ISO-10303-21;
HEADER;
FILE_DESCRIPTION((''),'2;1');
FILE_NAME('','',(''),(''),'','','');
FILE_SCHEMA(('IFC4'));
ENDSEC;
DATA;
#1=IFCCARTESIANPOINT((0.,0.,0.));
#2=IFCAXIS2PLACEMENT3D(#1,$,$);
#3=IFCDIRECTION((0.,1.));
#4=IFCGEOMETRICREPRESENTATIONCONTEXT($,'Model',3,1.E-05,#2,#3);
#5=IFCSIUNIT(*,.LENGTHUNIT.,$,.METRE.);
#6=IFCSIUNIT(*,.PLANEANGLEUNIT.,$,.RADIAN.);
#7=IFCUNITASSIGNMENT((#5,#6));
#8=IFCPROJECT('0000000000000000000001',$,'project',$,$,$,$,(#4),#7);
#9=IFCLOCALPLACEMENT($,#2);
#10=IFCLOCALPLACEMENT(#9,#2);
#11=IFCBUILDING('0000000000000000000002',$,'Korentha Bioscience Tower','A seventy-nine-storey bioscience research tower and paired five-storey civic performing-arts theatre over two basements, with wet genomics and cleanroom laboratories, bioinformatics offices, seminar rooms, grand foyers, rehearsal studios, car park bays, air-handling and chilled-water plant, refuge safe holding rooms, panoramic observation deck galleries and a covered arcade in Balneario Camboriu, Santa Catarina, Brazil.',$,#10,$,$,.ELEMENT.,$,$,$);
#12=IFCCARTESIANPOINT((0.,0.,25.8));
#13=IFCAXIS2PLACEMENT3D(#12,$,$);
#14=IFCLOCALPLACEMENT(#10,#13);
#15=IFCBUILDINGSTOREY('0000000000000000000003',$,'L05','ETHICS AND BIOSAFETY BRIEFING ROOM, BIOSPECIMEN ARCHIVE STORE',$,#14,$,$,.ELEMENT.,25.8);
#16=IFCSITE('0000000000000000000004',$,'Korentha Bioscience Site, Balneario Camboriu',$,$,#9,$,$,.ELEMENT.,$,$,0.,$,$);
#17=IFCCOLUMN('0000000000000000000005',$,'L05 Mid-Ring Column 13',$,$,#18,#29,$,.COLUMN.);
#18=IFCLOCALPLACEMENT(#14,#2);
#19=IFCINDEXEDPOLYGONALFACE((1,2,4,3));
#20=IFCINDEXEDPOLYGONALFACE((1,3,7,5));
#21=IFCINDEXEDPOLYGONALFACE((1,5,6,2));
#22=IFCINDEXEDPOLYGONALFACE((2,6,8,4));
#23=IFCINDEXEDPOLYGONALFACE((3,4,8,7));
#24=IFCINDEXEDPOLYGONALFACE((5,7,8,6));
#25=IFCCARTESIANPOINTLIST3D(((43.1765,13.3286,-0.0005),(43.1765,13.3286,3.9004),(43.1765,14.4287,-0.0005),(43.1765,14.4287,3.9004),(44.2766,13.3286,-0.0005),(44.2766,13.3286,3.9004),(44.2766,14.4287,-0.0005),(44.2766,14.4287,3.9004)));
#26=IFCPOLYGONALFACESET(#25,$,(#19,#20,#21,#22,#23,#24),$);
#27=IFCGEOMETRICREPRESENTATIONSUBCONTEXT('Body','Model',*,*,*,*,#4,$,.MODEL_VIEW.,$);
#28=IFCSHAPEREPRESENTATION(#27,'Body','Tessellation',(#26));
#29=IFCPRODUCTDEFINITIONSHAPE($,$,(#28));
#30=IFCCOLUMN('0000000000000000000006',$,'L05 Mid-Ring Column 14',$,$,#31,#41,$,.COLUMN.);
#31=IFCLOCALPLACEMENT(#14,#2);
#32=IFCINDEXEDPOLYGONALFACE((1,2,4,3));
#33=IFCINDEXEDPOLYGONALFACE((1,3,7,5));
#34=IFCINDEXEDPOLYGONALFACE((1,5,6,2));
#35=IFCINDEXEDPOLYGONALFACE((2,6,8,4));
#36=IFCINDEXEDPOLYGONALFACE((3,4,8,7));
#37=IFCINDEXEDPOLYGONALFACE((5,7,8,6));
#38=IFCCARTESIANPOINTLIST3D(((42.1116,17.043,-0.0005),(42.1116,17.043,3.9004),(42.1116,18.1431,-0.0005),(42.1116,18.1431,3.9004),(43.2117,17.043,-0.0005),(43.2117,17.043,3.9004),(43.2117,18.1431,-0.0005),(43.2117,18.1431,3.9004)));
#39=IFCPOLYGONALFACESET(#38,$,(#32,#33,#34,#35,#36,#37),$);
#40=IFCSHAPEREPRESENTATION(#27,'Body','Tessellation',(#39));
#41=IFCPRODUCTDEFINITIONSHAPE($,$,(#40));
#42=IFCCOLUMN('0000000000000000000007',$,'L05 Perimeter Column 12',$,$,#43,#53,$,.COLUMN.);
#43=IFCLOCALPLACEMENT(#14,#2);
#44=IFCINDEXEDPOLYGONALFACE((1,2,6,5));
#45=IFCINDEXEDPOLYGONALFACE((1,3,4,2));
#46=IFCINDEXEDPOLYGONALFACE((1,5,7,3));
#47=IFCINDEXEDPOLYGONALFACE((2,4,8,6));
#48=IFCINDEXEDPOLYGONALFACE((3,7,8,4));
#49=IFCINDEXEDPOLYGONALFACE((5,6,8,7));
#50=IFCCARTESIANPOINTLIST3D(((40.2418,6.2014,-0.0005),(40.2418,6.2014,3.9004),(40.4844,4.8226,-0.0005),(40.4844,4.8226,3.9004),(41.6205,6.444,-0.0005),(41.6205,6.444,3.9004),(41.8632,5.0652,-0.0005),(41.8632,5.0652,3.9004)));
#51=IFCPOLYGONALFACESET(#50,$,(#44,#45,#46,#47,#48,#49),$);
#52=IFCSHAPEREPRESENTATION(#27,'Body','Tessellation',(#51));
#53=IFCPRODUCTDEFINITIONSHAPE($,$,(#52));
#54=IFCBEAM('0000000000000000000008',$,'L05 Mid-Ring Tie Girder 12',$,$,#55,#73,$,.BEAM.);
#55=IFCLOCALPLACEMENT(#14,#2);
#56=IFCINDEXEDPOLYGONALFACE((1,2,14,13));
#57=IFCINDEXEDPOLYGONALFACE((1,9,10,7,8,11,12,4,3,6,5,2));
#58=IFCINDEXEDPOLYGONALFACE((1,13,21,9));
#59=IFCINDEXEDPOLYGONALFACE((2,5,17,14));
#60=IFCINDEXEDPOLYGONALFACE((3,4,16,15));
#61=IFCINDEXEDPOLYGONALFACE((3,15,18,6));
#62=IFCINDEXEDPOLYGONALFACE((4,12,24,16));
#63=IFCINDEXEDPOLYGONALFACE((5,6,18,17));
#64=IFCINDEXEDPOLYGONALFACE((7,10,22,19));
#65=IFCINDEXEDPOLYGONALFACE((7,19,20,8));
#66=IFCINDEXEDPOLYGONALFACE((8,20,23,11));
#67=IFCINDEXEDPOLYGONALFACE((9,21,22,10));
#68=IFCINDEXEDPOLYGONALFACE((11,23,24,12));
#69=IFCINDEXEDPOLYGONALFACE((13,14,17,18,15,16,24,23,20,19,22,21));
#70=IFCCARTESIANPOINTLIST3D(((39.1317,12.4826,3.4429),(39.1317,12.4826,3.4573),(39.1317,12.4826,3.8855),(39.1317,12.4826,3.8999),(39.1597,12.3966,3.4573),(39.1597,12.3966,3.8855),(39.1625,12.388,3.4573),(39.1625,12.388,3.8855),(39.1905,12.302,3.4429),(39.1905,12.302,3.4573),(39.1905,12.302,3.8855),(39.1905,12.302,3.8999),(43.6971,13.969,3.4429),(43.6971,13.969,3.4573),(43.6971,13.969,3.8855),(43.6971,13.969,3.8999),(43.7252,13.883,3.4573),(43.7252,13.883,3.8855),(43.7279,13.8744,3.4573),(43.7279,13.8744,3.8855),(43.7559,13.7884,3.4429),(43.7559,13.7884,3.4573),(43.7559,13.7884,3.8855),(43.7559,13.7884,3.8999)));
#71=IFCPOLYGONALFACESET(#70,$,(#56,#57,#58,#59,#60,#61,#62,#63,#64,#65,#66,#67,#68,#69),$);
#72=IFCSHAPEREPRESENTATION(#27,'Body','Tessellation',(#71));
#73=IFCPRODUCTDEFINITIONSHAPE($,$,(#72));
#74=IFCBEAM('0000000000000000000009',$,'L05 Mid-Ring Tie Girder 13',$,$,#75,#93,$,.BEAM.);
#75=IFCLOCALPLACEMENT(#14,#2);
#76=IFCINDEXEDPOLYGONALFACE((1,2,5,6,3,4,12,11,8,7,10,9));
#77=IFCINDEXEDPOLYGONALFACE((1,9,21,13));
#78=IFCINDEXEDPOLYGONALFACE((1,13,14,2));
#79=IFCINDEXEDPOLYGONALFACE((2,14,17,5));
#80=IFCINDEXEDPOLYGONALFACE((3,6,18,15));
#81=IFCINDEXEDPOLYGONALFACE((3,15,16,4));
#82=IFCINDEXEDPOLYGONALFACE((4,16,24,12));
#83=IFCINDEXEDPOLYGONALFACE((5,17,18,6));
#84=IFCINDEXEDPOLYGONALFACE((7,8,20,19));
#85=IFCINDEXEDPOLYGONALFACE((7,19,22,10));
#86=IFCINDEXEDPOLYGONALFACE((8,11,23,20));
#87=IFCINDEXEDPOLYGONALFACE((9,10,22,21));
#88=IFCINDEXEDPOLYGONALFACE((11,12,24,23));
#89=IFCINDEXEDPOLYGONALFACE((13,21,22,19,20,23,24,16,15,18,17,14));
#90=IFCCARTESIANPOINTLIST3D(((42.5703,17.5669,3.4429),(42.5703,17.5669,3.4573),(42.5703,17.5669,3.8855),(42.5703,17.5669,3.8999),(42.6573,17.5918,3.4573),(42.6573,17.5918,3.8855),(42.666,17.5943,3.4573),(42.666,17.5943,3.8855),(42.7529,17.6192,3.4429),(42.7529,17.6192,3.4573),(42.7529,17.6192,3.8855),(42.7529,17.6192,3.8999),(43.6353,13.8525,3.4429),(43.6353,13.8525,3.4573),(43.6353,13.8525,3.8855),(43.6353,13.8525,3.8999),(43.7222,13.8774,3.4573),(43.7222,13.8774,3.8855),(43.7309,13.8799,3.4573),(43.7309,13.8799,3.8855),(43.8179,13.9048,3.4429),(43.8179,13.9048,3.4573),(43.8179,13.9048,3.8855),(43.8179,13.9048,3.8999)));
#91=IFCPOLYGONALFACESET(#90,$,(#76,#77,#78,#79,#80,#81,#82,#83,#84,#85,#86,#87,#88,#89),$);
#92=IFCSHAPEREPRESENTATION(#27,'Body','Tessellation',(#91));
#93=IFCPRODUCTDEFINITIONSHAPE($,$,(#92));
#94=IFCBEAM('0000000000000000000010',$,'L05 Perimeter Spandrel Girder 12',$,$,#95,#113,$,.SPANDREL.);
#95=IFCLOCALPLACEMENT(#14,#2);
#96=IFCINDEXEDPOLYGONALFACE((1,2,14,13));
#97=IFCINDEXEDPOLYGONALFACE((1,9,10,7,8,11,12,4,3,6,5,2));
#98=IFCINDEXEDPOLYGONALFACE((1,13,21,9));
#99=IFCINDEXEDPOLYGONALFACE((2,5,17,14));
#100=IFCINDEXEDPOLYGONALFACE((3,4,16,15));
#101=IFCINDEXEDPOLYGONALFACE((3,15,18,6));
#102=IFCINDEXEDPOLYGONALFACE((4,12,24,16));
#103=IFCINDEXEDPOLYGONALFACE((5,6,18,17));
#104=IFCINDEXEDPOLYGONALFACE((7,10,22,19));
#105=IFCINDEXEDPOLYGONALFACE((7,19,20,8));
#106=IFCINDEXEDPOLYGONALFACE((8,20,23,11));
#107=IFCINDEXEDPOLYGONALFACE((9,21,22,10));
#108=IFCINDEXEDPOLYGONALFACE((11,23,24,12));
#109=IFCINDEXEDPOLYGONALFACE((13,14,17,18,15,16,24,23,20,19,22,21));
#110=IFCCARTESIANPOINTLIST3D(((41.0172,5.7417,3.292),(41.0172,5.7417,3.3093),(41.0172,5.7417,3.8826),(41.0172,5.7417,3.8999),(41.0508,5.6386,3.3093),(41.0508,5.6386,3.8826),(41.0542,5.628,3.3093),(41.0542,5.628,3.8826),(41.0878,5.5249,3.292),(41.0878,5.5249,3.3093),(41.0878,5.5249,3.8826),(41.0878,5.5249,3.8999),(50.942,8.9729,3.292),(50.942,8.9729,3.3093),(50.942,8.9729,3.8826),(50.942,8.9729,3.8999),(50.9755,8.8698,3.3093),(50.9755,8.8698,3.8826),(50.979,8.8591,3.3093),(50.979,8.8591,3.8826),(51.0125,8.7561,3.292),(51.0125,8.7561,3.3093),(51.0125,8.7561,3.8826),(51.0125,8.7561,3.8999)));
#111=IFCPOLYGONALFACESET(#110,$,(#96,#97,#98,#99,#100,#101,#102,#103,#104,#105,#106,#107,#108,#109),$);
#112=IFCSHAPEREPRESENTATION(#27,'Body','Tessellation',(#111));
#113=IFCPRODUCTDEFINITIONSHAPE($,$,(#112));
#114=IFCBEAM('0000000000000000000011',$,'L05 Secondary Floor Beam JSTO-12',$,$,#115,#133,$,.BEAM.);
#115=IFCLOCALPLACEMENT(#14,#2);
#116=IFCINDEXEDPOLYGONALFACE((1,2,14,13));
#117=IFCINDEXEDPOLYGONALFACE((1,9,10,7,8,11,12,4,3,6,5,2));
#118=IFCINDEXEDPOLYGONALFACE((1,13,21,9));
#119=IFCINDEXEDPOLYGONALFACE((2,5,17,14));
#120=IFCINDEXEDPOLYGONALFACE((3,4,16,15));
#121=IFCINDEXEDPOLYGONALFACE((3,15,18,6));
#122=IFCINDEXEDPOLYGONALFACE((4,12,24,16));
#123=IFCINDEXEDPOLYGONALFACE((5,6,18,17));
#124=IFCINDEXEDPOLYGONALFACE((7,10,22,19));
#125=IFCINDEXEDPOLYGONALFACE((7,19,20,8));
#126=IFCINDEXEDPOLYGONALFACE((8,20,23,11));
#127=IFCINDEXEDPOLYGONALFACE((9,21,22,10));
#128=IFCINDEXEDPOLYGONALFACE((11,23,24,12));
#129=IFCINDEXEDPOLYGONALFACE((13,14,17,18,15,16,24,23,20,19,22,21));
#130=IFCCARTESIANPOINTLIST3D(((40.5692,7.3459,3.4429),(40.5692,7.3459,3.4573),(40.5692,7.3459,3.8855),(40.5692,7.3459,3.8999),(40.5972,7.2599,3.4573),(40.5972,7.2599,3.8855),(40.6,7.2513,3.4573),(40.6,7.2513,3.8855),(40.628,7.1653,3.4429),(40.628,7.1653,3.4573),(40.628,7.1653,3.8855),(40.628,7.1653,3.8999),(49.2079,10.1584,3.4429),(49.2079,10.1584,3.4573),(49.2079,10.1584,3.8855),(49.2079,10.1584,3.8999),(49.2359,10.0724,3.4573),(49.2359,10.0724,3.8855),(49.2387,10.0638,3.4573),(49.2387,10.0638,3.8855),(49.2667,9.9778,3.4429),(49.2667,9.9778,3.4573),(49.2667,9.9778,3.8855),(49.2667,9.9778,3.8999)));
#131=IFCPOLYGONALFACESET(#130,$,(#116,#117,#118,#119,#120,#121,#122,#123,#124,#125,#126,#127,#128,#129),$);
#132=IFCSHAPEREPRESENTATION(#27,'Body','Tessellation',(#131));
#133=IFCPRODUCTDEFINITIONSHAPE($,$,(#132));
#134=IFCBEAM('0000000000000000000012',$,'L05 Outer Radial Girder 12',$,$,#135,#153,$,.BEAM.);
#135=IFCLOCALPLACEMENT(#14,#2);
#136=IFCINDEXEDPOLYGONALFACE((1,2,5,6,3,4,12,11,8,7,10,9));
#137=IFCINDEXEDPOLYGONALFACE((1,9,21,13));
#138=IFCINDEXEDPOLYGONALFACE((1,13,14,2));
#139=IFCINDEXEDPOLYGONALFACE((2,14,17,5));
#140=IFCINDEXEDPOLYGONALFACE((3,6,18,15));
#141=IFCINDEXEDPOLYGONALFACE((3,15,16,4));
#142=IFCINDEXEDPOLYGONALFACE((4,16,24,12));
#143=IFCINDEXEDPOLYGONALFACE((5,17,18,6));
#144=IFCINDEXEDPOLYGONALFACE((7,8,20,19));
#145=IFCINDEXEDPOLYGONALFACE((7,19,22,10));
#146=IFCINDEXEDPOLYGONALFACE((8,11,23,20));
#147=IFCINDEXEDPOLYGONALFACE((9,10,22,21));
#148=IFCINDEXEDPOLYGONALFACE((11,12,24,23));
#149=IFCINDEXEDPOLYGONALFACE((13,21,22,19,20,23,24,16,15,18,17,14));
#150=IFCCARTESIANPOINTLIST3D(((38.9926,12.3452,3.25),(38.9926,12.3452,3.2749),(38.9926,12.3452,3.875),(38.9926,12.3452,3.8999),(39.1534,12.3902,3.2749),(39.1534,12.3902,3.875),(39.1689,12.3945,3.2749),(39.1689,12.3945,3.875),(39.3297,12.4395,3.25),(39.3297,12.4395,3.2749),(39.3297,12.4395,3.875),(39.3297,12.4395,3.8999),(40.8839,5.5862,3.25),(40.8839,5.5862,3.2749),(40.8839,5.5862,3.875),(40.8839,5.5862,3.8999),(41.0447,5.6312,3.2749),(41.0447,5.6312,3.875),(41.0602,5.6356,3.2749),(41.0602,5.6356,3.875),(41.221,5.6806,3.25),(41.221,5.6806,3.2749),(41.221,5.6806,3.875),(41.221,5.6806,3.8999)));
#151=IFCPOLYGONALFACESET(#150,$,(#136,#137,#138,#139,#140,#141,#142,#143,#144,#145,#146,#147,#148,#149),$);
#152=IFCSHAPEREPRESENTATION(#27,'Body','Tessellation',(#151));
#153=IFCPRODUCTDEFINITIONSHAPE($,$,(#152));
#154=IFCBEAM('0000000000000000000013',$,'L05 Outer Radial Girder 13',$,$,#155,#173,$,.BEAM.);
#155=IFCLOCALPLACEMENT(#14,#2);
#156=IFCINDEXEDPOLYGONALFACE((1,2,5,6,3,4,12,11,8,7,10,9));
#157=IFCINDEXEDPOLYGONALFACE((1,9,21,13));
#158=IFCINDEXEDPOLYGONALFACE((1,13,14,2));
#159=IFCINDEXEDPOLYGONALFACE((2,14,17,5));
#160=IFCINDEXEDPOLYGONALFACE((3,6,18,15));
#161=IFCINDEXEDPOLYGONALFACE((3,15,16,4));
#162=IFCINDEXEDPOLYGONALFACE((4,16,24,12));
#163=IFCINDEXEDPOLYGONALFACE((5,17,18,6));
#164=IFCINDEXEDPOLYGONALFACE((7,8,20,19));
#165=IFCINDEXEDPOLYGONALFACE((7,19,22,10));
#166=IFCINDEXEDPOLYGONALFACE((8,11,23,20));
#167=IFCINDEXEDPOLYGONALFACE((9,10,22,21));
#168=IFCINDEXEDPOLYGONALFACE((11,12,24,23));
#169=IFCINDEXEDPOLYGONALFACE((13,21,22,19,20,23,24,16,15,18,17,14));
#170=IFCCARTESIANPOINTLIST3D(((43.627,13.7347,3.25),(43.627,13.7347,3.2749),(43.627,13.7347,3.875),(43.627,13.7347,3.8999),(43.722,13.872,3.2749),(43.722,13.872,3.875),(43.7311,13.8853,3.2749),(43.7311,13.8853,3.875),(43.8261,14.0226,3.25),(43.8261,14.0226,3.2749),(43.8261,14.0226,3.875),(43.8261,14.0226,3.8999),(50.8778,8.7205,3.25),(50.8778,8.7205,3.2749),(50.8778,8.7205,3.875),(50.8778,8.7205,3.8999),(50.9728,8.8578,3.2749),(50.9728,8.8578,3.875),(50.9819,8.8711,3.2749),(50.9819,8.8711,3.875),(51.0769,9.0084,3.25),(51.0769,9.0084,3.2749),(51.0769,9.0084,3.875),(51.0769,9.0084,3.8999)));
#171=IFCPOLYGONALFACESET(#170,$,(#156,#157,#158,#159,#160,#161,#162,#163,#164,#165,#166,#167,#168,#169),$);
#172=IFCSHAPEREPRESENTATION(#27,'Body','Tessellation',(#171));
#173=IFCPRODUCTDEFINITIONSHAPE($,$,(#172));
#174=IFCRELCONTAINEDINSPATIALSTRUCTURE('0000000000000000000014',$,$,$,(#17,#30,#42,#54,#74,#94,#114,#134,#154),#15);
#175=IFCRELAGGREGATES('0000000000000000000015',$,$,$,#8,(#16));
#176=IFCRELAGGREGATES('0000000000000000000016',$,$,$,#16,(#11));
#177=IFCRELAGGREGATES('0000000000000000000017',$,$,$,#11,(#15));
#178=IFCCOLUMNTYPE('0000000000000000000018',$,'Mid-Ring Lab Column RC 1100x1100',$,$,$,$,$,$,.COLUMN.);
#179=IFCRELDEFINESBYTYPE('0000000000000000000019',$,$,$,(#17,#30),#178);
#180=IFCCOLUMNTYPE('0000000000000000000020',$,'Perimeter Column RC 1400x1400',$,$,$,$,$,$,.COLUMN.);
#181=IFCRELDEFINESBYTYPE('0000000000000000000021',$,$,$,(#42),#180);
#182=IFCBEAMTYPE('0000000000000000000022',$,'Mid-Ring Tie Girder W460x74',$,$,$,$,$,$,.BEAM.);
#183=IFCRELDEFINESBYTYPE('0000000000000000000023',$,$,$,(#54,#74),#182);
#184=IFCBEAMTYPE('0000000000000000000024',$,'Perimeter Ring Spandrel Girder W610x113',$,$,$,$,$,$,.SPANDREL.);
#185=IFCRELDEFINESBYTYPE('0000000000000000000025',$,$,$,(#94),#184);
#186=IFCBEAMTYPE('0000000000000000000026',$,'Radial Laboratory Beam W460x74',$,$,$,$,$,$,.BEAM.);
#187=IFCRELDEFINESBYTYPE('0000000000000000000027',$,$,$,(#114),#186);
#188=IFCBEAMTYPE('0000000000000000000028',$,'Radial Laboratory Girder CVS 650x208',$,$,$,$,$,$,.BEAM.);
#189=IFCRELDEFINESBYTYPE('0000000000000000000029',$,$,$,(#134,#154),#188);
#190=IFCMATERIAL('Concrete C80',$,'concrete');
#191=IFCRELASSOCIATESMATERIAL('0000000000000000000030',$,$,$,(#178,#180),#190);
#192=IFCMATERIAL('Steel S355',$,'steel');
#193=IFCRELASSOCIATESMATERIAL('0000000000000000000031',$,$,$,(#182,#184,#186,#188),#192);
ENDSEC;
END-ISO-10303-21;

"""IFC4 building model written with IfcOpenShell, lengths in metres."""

from ifc_helpers import new_model, si_unit, direction, frame, origin, origin_2d, place, context, subcontext, project, spatial, rectangle, i_section, extrude, material, material_profile, profile_set, type_object, element, save


model = new_model("IFC4")

# Units and contexts
model_context = context("Model", 3, precision=1e-05, world=origin(), true_north=direction((0.0, 1.0)))
body_context = subcontext(model_context, "Body", "Model", "MODEL_VIEW")
ifc_project = project(units=[si_unit("LENGTHUNIT", "METRE"), si_unit("PLANEANGLEUNIT", "RADIAN")], contexts=[model_context])

# Site, building, storey
site_placement = place(None, origin())
site = spatial("IfcSite", under=ifc_project, at=site_placement, Name="Korentha Bioscience Site, Balneario Camboriu", CompositionType="ELEMENT", RefElevation=0.0)
building_placement = place(site_placement, origin())
building = spatial("IfcBuilding", under=site, at=building_placement, Name="Korentha Bioscience Tower", Description="A seventy-nine-storey bioscience research tower and paired five-storey civic performing-arts theatre over two basements, with wet genomics and cleanroom laboratories, bioinformatics offices, seminar rooms, grand foyers, rehearsal studios, car park bays, air-handling and chilled-water plant, refuge safe holding rooms, panoramic observation deck galleries and a covered arcade in Balneario Camboriu, Santa Catarina, Brazil.", CompositionType="ELEMENT")
storey_placement = place(building_placement, frame((0.0, 0.0, 25.8)))
storey = spatial("IfcBuildingStorey", under=building, at=storey_placement, Name="L05", Description="ETHICS AND BIOSAFETY BRIEFING ROOM, BIOSPECIMEN ARCHIVE STORE", CompositionType="ELEMENT", Elevation=25.8)

# Columns
ifc_material_1 = material(Name="Concrete C80", Category="concrete")
ifc_material_profile_1 = material_profile(ifc_material_1, rectangle(XDim=1.1001, YDim=1.1001, at=origin_2d()), Name="Concrete C80")
ifc_profile_set_1 = profile_set([ifc_material_profile_1], Name="Concrete C80 (COL-MR11)")
column_type_1 = type_object("IfcColumnType", Name="Mid-Ring Lab Column RC 1100x1100", PredefinedType="COLUMN", material=ifc_profile_set_1)
for number, where, z_axis, x_axis, name in (
    (1, (43.7266, 13.8787, -0.0005), (0.0, 0.0, 1.0), (1.0, 0.0, 0.0), "L05 Mid-Ring Column 13"),
    (2, (42.6616, 17.593, -0.0005), (0.0, 0.0, 1.0), (1.0, 0.0, 0.0), "L05 Mid-Ring Column 14"),
):
    element("IfcColumn", number, at=place(storey_placement, frame(where, z_axis=z_axis, x_axis=x_axis)), inside=storey, type_object=column_type_1, Name=name, PredefinedType="COLUMN", context=body_context, shape_type="SweptSolid", body=[
        extrude(rectangle(XDim=1.1001, YDim=1.1001, at=origin_2d()), origin(), (0.0, 0.0, 1.0), 3.9009),
    ])
ifc_material_profile_2 = material_profile(ifc_material_1, rectangle(XDim=1.3999, YDim=1.3999, at=origin_2d()), Name="Concrete C80")
ifc_profile_set_2 = profile_set([ifc_material_profile_2], Name="Concrete C80 (COL-P14)")
column_type_2 = type_object("IfcColumnType", Name="Perimeter Column RC 1400x1400", PredefinedType="COLUMN", material=ifc_profile_set_2)
column_placement = place(storey_placement, frame((41.0525, 5.6333, -0.0005), z_axis=(0.0, 0.0, 1.0), x_axis=(0.984868, 0.173304, 0.0)))
element("IfcColumn", 3, at=column_placement, inside=storey, type_object=column_type_2, Name="L05 Perimeter Column 12", PredefinedType="COLUMN", context=body_context, shape_type="SweptSolid", body=[
    extrude(rectangle(XDim=1.3999, YDim=1.3999, at=origin_2d()), origin(), (0.0, 0.0, 1.0), 3.9009),
])

# Beams
ifc_material_2 = material(Name="Steel S355", Category="steel")
ifc_material_profile_3 = material_profile(ifc_material_2, i_section(OverallWidth=0.1899, OverallDepth=0.457, WebThickness=0.009, FlangeThickness=0.0144, at=origin_2d()), Name="Steel S355")
ifc_profile_set_3 = profile_set([ifc_material_profile_3], Name="Steel S355 (MB-460)")
beam_type_1 = type_object("IfcBeamType", Name="Mid-Ring Tie Girder W460x74", PredefinedType="BEAM", material=ifc_profile_set_3)
beam_1_placement = place(storey_placement, frame((39.1611, 12.3923, 3.6714), z_axis=(0.950877, 0.309569, 0.0), x_axis=(-0.309569, 0.950877, 0.0)))
element("IfcBeam", 4, at=beam_1_placement, inside=storey, type_object=beam_type_1, Name="L05 Mid-Ring Tie Girder 12", PredefinedType="BEAM", context=body_context, shape_type="SweptSolid", body=[
    extrude(i_section(OverallWidth=0.1899, OverallDepth=0.457, WebThickness=0.009, FlangeThickness=0.0144, at=origin_2d()), origin(), (0.0, 0.0, 1.0), 4.8013),
])
beam_2_placement = place(storey_placement, frame((43.7266, 13.8787, 3.6714), z_axis=(-0.275606, 0.961271, 0.0), x_axis=(-0.961271, -0.275606, 0.0)))
element("IfcBeam", 5, at=beam_2_placement, inside=storey, type_object=beam_type_1, Name="L05 Mid-Ring Tie Girder 13", PredefinedType="BEAM", context=body_context, shape_type="SweptSolid", body=[
    extrude(i_section(OverallWidth=0.1899, OverallDepth=0.457, WebThickness=0.009, FlangeThickness=0.0144, at=origin_2d()), origin(), (0.0, 0.0, 1.0), 3.864),
])
ifc_material_profile_4 = material_profile(ifc_material_2, i_section(OverallWidth=0.228, OverallDepth=0.6079, WebThickness=0.0112, FlangeThickness=0.0173, at=origin_2d()), Name="Steel S355")
ifc_profile_set_4 = profile_set([ifc_material_profile_4], Name="Steel S355 (SB-610)")
beam_type_2 = type_object("IfcBeamType", Name="Perimeter Ring Spandrel Girder W610x113", PredefinedType="SPANDREL", material=ifc_profile_set_4)
beam_3_placement = place(storey_placement, frame((41.0525, 5.6333, 3.5959), z_axis=(0.950875, 0.309575, 0.0), x_axis=(-0.309575, 0.950875, 0.0)))
element("IfcBeam", 6, at=beam_3_placement, inside=storey, type_object=beam_type_2, Name="L05 Perimeter Spandrel Girder 12", PredefinedType="SPANDREL", context=body_context, shape_type="SweptSolid", body=[
    extrude(i_section(OverallWidth=0.228, OverallDepth=0.6079, WebThickness=0.0112, FlangeThickness=0.0173, at=origin_2d()), origin(), (0.0, 0.0, 1.0), 10.4375),
])
ifc_material_profile_5 = material_profile(ifc_material_2, i_section(OverallWidth=0.1899, OverallDepth=0.457, WebThickness=0.009, FlangeThickness=0.0144, at=origin_2d()), Name="Steel S355")
ifc_profile_set_5 = profile_set([ifc_material_profile_5], Name="Steel S355 (RB-460)")
beam_type_3 = type_object("IfcBeamType", Name="Radial Laboratory Beam W460x74", PredefinedType="BEAM", material=ifc_profile_set_5)
beam_4_placement = place(storey_placement, frame((40.5986, 7.2556, 3.6714), z_axis=(0.950874, 0.309577, 0.0), x_axis=(-0.309577, 0.950874, 0.0)))
element("IfcBeam", 7, at=beam_4_placement, inside=storey, type_object=beam_type_3, Name="L05 Secondary Floor Beam JSTO-12", PredefinedType="BEAM", context=body_context, shape_type="SweptSolid", body=[
    extrude(i_section(OverallWidth=0.1899, OverallDepth=0.457, WebThickness=0.009, FlangeThickness=0.0144, at=origin_2d()), origin(), (0.0, 0.0, 1.0), 9.085),
])
ifc_material_profile_6 = material_profile(ifc_material_2, i_section(OverallWidth=0.3501, OverallDepth=0.6499, WebThickness=0.0161, FlangeThickness=0.0249, at=origin_2d()), Name="Steel S355")
ifc_profile_set_6 = profile_set([ifc_material_profile_6], Name="Steel S355 (RB-650)")
beam_type_4 = type_object("IfcBeamType", Name="Radial Laboratory Girder CVS 650x208", PredefinedType="BEAM", material=ifc_profile_set_6)
beam_5_placement = place(storey_placement, frame((39.1611, 12.3923, 3.575), z_axis=(0.269475, -0.963007, 0.0), x_axis=(0.963007, 0.269475, 0.0)))
element("IfcBeam", 8, at=beam_5_placement, inside=storey, type_object=beam_type_4, Name="L05 Outer Radial Girder 12", PredefinedType="BEAM", context=body_context, shape_type="SweptSolid", body=[
    extrude(i_section(OverallWidth=0.3501, OverallDepth=0.6499, WebThickness=0.0161, FlangeThickness=0.0249, at=origin_2d()), origin(), (0.0, 0.0, 1.0), 7.0186),
])
beam_6_placement = place(storey_placement, frame((43.7266, 13.8787, 3.575), z_axis=(0.822488, -0.568782, 0.0), x_axis=(0.568782, 0.822488, 0.0)))
element("IfcBeam", 9, at=beam_6_placement, inside=storey, type_object=beam_type_4, Name="L05 Outer Radial Girder 13", PredefinedType="BEAM", context=body_context, shape_type="SweptSolid", body=[
    extrude(i_section(OverallWidth=0.3501, OverallDepth=0.6499, WebThickness=0.0161, FlangeThickness=0.0249, at=origin_2d()), origin(), (0.0, 0.0, 1.0), 8.8157),
])

save(model, "model.ifc")
